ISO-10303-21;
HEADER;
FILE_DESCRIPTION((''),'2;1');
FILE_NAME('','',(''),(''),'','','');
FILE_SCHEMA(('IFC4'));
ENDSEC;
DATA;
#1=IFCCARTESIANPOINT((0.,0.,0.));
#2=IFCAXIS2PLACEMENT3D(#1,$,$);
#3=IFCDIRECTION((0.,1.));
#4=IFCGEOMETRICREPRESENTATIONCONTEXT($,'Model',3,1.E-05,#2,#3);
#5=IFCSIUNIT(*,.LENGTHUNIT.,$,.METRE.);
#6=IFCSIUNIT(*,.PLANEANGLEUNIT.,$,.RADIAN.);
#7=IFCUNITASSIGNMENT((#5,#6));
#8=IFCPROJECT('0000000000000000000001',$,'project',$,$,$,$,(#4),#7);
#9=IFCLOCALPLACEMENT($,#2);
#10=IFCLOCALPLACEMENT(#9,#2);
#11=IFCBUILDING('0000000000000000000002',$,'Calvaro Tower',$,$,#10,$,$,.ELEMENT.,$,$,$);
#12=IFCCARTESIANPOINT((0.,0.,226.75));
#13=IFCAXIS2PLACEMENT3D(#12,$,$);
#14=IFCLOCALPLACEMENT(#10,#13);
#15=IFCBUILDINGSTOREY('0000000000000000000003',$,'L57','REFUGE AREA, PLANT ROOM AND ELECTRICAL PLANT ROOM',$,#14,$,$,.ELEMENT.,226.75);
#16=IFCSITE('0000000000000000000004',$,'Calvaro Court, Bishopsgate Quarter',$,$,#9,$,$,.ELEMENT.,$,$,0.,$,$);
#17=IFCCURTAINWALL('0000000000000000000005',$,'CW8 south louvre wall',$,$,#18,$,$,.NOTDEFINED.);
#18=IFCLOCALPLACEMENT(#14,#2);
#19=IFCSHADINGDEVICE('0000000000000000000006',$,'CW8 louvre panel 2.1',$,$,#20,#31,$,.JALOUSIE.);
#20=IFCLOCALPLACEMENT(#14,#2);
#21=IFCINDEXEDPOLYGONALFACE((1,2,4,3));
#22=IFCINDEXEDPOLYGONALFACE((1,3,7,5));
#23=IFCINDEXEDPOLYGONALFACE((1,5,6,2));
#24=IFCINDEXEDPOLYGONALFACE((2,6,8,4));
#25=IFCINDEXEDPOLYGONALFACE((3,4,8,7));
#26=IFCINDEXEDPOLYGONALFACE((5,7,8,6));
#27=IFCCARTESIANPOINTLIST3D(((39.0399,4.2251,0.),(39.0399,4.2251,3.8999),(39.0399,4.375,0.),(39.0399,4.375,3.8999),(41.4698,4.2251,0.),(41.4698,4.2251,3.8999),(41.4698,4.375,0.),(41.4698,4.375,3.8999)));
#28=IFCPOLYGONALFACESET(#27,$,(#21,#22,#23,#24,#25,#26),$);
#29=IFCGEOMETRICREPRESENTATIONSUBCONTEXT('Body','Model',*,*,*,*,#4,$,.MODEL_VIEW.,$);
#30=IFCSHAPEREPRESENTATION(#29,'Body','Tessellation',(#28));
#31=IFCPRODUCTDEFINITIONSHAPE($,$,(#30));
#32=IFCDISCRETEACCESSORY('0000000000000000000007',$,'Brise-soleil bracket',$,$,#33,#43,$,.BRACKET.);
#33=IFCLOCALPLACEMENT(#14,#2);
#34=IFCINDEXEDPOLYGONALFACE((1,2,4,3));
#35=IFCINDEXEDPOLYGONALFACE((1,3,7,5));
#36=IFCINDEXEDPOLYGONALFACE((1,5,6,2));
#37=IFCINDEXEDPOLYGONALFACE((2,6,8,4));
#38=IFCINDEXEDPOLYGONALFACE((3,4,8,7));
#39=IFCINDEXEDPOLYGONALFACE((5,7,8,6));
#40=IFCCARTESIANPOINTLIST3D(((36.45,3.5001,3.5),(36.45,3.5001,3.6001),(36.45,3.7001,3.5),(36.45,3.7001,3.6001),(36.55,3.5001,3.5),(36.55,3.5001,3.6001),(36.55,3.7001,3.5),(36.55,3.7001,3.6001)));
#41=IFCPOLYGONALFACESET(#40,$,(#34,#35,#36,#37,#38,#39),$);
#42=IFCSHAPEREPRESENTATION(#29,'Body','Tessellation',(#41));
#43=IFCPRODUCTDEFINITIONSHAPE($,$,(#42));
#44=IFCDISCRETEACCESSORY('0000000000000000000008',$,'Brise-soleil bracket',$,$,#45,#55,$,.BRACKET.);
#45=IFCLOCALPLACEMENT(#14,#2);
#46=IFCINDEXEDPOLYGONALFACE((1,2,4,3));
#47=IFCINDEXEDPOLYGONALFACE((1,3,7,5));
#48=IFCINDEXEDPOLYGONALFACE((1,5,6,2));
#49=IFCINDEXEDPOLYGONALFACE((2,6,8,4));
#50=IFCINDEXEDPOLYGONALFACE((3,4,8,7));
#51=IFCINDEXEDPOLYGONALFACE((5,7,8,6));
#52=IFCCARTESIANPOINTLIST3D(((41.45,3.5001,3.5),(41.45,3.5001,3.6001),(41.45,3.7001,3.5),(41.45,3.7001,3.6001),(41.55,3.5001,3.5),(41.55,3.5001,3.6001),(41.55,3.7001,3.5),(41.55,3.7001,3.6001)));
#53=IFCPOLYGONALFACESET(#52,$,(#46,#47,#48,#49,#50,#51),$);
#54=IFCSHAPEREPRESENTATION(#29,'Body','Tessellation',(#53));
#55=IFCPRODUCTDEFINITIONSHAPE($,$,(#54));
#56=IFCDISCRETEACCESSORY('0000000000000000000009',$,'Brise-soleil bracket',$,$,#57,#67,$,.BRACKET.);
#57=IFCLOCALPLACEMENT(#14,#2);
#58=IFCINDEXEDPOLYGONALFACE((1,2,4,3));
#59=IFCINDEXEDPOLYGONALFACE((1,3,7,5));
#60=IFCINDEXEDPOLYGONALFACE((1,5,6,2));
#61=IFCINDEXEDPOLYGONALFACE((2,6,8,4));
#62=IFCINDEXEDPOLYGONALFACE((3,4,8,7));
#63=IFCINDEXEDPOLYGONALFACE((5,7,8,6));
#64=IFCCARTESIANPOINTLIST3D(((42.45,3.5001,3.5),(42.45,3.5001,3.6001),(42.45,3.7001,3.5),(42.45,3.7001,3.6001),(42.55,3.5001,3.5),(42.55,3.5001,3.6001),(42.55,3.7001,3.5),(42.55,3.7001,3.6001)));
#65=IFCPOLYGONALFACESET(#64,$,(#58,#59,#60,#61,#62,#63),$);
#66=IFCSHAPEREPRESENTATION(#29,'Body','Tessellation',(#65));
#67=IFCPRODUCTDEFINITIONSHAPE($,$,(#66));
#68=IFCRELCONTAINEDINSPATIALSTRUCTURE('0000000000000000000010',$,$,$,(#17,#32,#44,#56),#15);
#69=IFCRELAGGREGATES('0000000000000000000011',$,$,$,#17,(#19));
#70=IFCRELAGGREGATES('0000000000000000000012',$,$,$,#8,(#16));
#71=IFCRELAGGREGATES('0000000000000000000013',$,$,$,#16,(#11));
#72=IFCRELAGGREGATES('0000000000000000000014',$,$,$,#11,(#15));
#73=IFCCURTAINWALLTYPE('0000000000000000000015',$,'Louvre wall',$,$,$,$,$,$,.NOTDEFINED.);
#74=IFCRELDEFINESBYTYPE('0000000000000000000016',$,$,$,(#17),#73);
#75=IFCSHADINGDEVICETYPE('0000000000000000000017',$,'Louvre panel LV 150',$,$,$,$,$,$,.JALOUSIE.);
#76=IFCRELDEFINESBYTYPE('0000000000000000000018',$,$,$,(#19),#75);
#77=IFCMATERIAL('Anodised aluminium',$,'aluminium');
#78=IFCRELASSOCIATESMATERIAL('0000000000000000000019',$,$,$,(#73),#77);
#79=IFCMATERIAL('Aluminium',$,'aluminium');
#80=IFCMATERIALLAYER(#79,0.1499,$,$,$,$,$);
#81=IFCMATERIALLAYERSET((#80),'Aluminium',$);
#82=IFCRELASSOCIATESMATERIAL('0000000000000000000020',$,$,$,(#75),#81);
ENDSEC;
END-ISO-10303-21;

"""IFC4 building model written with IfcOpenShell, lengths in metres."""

from ifc_helpers import new_model, si_unit, direction, frame, origin, origin_2d, place, context, subcontext, project, spatial, rectangle, extrude, material, layer, layer_set, type_object, element, aggregate, save


model = new_model("IFC4")

# Units and contexts
model_context = context("Model", 3, precision=1e-05, world=origin(), true_north=direction((0.0, 1.0)))
body_context = subcontext(model_context, "Body", "Model", "MODEL_VIEW")
ifc_project = project(units=[si_unit("LENGTHUNIT", "METRE"), si_unit("PLANEANGLEUNIT", "RADIAN")], contexts=[model_context])

# Site, building, storey
site_placement = place(None, origin())
site = spatial("IfcSite", under=ifc_project, at=site_placement, Name="Calvaro Court, Bishopsgate Quarter", CompositionType="ELEMENT", RefElevation=0.0)
building_placement = place(site_placement, origin())
building = spatial("IfcBuilding", under=site, at=building_placement, Name="Calvaro Tower", CompositionType="ELEMENT")
storey_placement = place(building_placement, frame((0.0, 0.0, 226.75)))
storey = spatial("IfcBuildingStorey", under=building, at=storey_placement, Name="L57", Description="REFUGE AREA, PLANT ROOM AND ELECTRICAL PLANT ROOM", CompositionType="ELEMENT", Elevation=226.75)

# Curtain wall
ifc_material_1 = material(Name="Anodised aluminium", Category="aluminium")
curtain_wall_type = type_object("IfcCurtainWallType", Name="Louvre wall", PredefinedType="NOTDEFINED", material=ifc_material_1)
curtain_wall_1_placement = place(storey_placement, origin())
curtain_wall_1 = element("IfcCurtainWall", 1, at=curtain_wall_1_placement, inside=storey, type_object=curtain_wall_type, Name="CW8 south louvre wall", PredefinedType="NOTDEFINED")

# Shading device
ifc_material_2 = material(Name="Aluminium", Category="aluminium")
ifc_layer = layer(ifc_material_2, 0.1499)
ifc_layer_set = layer_set([ifc_layer], Name="Aluminium")
shading_device_type_1 = type_object("IfcShadingDeviceType", Name="Louvre panel LV 150", PredefinedType="JALOUSIE", material=ifc_layer_set)
shading_device_1_placement = place(storey_placement, frame((40.2549, 4.3, 0.0), z_axis=(0.0, 0.0, 1.0), x_axis=(1.0, 0.0, 0.0)))
shading_device_1 = element("IfcShadingDevice", 2, at=shading_device_1_placement, type_object=shading_device_type_1, Name="CW8 louvre panel 2.1", PredefinedType="JALOUSIE", context=body_context, shape_type="SweptSolid", body=[
    extrude(rectangle(XDim=2.4299, YDim=0.1499, at=origin_2d()), origin(), (0.0, 0.0, 1.0), 3.8999),
])
aggregate(curtain_wall_1, [shading_device_1])

# Discrete accessories
for number, where, z_axis, x_axis, name in (
    (3, (36.5, 3.6001, 3.5), (0.0, 0.0, 1.0), (1.0, 0.0, 0.0), "Brise-soleil bracket"),
    (4, (41.5, 3.6001, 3.5), (0.0, 0.0, 1.0), (1.0, 0.0, 0.0), "Brise-soleil bracket"),
    (5, (42.5, 3.6001, 3.5), (0.0, 0.0, 1.0), (1.0, 0.0, 0.0), "Brise-soleil bracket"),
):
    element("IfcDiscreteAccessory", number, at=place(storey_placement, frame(where, z_axis=z_axis, x_axis=x_axis)), inside=storey, Name=name, PredefinedType="BRACKET", context=body_context, shape_type="SweptSolid", body=[
        extrude(rectangle(XDim=0.1001, YDim=0.2, at=origin_2d()), origin(), (0.0, 0.0, 1.0), 0.1001),
    ])

save(model, "model.ifc")
